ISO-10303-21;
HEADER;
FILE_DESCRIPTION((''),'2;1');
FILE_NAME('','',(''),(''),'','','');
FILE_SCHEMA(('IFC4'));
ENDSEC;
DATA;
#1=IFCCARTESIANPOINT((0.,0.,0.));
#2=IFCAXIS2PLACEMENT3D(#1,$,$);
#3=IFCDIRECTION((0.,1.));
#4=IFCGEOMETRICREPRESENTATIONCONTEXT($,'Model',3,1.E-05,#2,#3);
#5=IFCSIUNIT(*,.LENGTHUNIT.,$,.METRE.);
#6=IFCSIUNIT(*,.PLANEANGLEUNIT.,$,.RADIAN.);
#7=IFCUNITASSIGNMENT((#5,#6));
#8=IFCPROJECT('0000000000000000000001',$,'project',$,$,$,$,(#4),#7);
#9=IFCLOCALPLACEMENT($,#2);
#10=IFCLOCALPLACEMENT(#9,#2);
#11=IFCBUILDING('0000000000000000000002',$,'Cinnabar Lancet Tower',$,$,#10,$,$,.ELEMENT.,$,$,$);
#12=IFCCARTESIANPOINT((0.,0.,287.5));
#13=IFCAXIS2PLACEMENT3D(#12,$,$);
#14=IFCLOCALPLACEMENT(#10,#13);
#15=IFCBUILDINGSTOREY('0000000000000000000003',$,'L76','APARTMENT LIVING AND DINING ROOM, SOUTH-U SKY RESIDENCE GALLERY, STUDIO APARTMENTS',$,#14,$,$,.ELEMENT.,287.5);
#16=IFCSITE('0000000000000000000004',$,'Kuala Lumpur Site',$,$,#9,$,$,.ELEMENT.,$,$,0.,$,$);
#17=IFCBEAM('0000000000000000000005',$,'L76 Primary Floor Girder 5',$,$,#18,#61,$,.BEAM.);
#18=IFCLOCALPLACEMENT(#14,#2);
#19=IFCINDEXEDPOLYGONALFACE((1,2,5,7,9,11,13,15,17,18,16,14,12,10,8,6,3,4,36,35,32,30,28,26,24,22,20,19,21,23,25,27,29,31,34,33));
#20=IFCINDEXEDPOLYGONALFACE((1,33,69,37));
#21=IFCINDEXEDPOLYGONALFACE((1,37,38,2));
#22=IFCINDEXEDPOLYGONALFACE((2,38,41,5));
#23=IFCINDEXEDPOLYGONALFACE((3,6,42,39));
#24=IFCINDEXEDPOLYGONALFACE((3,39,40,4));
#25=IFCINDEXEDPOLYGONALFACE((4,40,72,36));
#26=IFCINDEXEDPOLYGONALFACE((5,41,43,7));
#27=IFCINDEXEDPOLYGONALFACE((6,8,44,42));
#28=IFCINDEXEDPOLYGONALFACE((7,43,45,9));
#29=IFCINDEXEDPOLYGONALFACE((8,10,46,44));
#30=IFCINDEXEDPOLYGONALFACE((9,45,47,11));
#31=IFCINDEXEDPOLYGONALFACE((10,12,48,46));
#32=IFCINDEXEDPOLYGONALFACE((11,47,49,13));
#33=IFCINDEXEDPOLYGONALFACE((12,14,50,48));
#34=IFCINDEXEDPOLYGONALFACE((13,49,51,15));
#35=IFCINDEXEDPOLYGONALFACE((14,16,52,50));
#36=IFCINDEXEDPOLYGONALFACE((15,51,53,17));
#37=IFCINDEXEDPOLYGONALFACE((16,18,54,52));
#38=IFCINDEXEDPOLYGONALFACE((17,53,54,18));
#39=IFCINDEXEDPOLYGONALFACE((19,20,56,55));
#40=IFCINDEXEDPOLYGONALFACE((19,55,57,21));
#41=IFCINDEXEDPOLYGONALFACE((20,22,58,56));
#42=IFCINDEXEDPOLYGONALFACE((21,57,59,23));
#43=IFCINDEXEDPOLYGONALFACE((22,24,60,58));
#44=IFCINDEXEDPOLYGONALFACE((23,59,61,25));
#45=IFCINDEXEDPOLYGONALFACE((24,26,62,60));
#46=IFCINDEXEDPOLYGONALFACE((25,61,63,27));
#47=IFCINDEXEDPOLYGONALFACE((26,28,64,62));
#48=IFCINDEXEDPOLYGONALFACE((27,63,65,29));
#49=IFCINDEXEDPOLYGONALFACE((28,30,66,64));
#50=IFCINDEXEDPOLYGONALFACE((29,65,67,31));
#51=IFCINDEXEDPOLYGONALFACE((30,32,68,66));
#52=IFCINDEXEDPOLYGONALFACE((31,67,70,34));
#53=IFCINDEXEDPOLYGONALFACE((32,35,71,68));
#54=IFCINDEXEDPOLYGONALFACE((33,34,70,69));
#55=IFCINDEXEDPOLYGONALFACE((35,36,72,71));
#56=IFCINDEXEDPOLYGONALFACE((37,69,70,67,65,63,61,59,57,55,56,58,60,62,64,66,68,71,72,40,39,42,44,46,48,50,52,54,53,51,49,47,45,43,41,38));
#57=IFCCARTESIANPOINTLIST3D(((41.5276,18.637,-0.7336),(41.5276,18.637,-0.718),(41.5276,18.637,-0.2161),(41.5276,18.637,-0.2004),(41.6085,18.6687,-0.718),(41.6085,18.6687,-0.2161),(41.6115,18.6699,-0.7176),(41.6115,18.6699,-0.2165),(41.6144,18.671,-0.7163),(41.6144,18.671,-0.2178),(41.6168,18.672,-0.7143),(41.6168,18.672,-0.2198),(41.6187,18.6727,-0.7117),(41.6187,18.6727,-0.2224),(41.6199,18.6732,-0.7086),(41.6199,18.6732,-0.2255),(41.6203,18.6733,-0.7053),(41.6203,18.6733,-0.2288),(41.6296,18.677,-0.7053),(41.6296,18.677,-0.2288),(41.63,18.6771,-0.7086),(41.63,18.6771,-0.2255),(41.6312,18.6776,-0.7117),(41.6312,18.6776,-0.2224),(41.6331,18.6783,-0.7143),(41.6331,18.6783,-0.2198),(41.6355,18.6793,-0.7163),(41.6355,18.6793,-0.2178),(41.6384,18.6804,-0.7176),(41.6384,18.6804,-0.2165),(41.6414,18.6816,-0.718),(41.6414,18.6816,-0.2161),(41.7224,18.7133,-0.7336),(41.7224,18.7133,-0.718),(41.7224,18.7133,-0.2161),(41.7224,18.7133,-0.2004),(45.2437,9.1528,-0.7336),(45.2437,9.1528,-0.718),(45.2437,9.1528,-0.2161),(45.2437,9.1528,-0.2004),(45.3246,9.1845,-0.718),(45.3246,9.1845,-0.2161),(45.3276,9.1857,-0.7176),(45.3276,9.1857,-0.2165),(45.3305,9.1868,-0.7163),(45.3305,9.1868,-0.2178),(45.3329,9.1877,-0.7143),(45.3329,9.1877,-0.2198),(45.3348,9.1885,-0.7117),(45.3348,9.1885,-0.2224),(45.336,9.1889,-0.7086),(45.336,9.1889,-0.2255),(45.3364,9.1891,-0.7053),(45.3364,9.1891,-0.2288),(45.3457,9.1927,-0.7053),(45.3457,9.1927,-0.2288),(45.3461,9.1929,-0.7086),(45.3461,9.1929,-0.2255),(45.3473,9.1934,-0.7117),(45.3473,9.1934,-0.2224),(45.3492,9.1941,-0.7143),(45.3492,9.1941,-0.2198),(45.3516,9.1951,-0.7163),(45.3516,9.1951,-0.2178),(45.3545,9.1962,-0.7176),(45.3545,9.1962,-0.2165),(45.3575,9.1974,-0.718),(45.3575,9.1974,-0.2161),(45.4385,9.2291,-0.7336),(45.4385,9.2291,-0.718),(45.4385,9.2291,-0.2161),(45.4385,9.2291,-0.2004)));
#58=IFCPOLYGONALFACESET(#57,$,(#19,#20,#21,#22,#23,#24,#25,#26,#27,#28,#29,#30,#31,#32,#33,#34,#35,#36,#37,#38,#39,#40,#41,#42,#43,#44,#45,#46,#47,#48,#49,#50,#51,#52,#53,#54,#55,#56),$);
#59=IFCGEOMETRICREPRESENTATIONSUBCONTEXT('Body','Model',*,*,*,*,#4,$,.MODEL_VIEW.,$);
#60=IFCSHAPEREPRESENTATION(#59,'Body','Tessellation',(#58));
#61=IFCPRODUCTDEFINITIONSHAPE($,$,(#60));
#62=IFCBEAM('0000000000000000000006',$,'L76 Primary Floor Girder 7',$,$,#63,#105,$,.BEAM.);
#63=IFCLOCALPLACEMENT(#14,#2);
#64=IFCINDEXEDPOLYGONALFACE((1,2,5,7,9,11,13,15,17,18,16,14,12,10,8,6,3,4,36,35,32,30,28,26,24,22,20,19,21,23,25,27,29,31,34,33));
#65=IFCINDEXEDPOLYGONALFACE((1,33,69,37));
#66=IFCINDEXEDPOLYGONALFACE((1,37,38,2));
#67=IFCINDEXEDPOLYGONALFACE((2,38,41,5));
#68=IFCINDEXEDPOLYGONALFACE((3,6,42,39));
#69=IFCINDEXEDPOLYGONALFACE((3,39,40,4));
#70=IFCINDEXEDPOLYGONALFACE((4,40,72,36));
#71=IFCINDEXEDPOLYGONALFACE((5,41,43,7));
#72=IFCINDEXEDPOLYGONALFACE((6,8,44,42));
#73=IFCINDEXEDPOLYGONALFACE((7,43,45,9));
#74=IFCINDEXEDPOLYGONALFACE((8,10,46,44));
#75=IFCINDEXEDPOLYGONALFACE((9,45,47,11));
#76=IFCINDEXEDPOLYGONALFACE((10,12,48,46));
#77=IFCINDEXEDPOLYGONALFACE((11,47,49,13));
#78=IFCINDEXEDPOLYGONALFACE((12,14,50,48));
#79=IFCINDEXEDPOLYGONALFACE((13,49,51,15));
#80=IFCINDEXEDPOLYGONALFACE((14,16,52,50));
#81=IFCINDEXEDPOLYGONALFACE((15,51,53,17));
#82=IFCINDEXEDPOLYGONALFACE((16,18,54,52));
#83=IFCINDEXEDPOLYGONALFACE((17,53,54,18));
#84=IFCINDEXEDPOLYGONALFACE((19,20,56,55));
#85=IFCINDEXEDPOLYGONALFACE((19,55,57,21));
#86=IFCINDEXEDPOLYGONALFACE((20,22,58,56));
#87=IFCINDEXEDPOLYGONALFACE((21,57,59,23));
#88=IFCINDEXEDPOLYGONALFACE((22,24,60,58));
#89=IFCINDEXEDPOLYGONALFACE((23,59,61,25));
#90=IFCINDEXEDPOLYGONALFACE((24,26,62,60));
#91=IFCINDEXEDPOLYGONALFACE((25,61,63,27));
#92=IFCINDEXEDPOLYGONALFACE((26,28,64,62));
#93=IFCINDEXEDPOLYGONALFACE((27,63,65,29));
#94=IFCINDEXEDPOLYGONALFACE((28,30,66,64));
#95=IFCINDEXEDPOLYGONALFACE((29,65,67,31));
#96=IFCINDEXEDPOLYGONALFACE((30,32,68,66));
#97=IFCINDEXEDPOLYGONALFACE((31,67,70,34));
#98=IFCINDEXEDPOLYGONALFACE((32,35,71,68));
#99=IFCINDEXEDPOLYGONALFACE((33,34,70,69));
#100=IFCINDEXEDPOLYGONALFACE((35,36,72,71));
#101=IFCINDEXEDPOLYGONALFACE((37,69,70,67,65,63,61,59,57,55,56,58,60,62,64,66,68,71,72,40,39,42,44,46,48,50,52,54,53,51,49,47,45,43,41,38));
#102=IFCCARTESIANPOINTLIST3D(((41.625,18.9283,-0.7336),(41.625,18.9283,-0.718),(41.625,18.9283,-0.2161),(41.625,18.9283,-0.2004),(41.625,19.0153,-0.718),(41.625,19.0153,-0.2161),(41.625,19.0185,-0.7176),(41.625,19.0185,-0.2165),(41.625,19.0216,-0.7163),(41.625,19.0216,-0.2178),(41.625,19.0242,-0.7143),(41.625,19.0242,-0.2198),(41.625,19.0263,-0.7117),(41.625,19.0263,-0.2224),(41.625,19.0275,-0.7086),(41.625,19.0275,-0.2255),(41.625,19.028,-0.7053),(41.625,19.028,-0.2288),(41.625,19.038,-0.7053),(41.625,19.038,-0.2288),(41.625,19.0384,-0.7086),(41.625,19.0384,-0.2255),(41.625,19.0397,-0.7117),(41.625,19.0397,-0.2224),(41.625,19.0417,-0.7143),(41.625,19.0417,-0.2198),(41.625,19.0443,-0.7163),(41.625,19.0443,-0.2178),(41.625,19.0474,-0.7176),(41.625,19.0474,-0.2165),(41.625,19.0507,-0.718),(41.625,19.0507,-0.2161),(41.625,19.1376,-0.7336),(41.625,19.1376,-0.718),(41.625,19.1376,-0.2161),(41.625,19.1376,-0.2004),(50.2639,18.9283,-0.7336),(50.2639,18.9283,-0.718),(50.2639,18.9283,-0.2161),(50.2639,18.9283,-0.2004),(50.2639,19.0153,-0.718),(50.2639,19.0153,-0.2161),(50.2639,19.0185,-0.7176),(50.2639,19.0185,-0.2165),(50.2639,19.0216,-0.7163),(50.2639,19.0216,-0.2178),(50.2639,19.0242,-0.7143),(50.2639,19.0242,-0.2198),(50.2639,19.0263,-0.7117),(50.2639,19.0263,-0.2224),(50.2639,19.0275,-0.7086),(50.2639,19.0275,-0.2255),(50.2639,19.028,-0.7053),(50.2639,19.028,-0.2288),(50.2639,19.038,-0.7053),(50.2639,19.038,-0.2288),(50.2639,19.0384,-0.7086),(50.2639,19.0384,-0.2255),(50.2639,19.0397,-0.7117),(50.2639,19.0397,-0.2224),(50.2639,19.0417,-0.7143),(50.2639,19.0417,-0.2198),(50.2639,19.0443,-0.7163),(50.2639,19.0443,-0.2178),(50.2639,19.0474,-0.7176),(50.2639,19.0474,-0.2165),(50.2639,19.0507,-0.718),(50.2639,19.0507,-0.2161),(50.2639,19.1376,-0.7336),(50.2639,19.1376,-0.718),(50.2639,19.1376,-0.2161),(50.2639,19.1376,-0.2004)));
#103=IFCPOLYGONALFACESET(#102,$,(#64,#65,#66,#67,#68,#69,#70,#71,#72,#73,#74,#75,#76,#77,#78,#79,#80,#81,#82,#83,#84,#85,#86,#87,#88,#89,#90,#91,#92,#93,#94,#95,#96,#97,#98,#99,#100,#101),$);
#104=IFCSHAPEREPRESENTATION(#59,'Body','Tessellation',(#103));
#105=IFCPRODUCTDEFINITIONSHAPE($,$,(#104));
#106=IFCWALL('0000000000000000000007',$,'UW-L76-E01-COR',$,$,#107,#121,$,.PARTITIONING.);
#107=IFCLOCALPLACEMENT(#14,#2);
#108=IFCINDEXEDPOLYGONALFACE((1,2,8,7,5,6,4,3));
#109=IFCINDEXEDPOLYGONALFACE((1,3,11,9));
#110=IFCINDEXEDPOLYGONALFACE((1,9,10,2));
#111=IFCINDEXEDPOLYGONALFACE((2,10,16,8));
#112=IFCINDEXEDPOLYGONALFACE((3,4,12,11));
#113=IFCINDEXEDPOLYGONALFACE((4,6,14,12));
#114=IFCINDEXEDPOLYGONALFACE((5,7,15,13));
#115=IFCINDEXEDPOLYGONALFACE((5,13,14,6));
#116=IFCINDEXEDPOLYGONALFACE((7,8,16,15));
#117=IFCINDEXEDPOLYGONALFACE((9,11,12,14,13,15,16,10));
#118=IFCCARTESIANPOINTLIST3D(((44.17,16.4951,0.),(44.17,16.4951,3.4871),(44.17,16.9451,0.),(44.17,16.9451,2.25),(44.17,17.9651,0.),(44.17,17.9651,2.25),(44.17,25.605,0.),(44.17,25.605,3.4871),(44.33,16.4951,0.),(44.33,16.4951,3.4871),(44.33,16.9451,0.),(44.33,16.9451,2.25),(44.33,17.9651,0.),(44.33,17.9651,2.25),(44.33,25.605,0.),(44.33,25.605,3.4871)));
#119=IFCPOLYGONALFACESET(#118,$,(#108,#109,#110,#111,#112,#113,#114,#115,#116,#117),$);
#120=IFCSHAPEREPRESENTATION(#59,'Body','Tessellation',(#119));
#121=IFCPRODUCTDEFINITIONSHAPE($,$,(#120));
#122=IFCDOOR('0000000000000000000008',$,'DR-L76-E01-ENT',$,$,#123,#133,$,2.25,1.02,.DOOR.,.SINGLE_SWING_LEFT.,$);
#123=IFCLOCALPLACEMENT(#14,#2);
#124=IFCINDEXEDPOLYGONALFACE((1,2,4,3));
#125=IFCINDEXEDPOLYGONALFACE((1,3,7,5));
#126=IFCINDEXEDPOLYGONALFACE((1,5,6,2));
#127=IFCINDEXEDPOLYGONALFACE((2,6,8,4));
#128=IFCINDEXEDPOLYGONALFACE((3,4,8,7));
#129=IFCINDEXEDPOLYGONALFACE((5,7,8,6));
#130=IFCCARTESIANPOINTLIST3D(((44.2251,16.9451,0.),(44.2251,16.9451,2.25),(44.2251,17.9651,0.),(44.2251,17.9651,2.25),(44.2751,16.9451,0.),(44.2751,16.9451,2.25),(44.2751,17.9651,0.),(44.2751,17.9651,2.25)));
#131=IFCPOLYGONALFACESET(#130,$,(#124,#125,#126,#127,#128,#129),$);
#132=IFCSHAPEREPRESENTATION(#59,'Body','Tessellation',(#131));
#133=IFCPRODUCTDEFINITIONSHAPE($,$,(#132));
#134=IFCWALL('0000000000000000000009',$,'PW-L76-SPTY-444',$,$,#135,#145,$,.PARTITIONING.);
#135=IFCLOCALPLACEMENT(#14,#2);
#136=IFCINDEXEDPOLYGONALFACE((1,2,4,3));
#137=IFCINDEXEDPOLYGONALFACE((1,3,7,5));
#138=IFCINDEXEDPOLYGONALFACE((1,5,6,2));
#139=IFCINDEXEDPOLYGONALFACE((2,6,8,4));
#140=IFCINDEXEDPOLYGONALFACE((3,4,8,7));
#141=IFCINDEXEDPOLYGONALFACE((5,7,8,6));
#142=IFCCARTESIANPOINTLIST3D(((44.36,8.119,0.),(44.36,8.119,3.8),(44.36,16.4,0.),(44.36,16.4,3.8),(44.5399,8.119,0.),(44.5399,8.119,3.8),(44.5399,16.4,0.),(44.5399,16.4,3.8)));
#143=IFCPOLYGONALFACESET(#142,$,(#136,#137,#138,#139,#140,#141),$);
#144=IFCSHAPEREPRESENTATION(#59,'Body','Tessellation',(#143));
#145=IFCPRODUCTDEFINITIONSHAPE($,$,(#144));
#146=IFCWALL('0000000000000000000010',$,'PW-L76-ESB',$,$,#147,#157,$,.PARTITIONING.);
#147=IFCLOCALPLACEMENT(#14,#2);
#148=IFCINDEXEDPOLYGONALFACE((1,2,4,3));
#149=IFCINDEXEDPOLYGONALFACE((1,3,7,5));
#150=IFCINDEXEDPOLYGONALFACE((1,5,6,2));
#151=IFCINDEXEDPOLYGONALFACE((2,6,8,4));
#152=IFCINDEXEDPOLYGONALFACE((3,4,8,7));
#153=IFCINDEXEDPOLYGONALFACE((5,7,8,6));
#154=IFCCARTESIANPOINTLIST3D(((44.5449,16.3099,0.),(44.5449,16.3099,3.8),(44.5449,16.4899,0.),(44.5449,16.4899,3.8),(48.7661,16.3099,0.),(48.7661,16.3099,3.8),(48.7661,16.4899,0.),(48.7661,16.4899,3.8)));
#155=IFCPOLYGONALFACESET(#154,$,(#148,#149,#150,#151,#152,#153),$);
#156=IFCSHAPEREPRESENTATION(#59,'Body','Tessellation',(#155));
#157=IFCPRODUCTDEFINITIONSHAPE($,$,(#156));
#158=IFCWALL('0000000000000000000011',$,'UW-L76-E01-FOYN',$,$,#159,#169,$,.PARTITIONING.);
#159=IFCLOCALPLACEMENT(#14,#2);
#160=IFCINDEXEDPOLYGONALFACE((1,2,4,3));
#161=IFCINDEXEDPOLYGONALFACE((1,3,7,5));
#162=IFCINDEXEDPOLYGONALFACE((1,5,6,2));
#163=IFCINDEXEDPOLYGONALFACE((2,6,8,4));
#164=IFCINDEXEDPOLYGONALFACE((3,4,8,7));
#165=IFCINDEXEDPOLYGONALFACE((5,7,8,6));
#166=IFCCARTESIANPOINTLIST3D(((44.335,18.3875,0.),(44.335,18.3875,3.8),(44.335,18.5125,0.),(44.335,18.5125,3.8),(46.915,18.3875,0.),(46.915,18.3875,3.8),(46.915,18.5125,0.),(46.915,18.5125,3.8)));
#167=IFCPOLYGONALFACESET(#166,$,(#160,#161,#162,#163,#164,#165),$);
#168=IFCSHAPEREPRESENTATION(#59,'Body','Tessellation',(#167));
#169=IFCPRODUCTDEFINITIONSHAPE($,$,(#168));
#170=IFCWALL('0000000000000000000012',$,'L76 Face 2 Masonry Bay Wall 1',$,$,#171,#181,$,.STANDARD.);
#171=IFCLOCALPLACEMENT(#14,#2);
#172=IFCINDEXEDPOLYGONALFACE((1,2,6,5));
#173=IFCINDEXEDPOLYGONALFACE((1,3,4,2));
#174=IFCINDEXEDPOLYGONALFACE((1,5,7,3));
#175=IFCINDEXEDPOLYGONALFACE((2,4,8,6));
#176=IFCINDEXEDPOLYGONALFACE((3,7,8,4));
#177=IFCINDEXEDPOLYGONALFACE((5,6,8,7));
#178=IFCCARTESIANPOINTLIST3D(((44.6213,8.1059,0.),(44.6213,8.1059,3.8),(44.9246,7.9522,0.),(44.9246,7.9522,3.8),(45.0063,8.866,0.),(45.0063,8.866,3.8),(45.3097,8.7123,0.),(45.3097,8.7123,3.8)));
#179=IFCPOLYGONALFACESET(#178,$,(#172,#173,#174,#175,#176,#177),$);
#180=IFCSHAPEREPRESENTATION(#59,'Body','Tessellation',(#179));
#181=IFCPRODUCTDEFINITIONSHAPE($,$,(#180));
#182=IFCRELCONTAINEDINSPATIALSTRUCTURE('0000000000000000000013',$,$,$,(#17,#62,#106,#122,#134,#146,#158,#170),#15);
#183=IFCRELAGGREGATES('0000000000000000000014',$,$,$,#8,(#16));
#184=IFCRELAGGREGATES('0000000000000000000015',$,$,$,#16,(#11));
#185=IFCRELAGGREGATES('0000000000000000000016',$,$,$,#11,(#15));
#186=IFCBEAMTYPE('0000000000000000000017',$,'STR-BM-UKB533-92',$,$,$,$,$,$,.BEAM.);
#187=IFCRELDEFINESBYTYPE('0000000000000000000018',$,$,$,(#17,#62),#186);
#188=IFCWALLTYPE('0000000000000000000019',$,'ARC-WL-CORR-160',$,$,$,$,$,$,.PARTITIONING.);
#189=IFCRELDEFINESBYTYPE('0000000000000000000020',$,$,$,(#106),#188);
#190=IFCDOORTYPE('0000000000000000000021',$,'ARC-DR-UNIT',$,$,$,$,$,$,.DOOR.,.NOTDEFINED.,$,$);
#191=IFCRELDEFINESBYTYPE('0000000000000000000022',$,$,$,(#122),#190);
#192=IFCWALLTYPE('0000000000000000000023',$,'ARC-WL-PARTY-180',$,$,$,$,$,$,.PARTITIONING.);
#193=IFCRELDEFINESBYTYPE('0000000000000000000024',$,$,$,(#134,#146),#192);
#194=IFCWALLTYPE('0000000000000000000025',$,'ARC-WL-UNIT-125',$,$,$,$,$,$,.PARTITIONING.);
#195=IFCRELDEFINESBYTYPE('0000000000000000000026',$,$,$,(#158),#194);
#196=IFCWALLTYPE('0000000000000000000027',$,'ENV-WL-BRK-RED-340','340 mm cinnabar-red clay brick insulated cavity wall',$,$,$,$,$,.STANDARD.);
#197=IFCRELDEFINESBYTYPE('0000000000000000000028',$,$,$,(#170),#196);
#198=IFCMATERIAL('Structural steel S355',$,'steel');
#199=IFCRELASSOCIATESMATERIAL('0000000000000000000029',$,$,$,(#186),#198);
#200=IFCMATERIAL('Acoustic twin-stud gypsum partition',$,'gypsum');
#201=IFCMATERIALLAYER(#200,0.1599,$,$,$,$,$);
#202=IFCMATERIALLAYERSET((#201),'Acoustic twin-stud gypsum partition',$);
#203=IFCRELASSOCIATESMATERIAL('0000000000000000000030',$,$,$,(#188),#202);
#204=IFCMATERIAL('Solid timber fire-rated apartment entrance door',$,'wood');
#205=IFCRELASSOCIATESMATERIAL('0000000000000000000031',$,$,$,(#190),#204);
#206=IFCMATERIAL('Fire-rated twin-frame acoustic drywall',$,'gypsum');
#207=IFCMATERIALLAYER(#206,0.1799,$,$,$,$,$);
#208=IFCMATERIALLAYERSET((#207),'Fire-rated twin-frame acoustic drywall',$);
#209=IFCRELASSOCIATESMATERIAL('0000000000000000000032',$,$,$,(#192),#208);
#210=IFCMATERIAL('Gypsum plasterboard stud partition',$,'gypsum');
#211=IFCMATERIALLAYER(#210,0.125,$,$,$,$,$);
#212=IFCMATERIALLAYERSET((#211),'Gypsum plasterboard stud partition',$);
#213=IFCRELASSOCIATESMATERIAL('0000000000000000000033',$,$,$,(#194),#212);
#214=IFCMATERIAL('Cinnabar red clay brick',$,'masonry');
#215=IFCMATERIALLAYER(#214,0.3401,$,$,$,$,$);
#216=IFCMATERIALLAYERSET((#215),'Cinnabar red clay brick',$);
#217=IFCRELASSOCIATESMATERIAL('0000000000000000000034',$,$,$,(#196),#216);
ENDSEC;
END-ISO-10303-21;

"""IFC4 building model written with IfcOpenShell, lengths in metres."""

from ifc_helpers import new_model, si_unit, direction, frame, frame_2d, origin, origin_2d, place, context, subcontext, project, spatial, rectangle, i_section, extrude, material, layer, layer_set, material_profile, profile_set, type_object, element, fill, save


model = new_model("IFC4")

# Units and contexts
model_context = context("Model", 3, precision=1e-05, world=origin(), true_north=direction((0.0, 1.0)))
body_context = subcontext(model_context, "Body", "Model", "MODEL_VIEW")
ifc_project = project(units=[si_unit("LENGTHUNIT", "METRE"), si_unit("PLANEANGLEUNIT", "RADIAN")], contexts=[model_context])

# Site, building, storey
site_placement = place(None, origin())
site = spatial("IfcSite", under=ifc_project, at=site_placement, Name="Kuala Lumpur Site", CompositionType="ELEMENT", RefElevation=0.0)
building_placement = place(site_placement, origin())
building = spatial("IfcBuilding", under=site, at=building_placement, Name="Cinnabar Lancet Tower", CompositionType="ELEMENT")
storey_placement = place(building_placement, frame((0.0, 0.0, 287.5)))
storey = spatial("IfcBuildingStorey", under=building, at=storey_placement, Name="L76", Description="APARTMENT LIVING AND DINING ROOM, SOUTH-U SKY RESIDENCE GALLERY, STUDIO APARTMENTS", CompositionType="ELEMENT", Elevation=287.5)

# Beams
ifc_material_1 = material(Name="Structural steel S355", Category="steel")
ifc_material_profile_1 = material_profile(ifc_material_1, i_section(OverallWidth=0.2092, OverallDepth=0.5332, WebThickness=0.01, FlangeThickness=0.0156, FilletRadius=0.0127, at=origin_2d()), Name="UKB 533x210x92")
ifc_profile_set_1 = profile_set([ifc_material_profile_1], Name="Structural steel S355")
beam_type_1 = type_object("IfcBeamType", Name="STR-BM-UKB533-92", PredefinedType="BEAM", material=ifc_profile_set_1)
beam_1_placement = place(storey_placement, frame((45.3411, 9.1909, -0.467), z_axis=(-0.364815, 0.93108, 0.0), x_axis=(-0.93108, -0.364815, 0.0)))
element("IfcBeam", 1, at=beam_1_placement, inside=storey, type_object=beam_type_1, Name="L76 Primary Floor Girder 5", PredefinedType="BEAM", context=body_context, shape_type="SweptSolid", body=[
    extrude(i_section(OverallWidth=0.2092, OverallDepth=0.5332, WebThickness=0.01, FlangeThickness=0.0156, FilletRadius=0.0127, at=origin_2d()), origin(), (0.0, 0.0, 1.0), 10.1863),
])
beam_2_placement = place(storey_placement, frame((50.2639, 19.033, -0.467), z_axis=(-1.0, 0.0, 0.0), x_axis=(0.0, -1.0, 0.0)))
element("IfcBeam", 2, at=beam_2_placement, inside=storey, type_object=beam_type_1, Name="L76 Primary Floor Girder 7", PredefinedType="BEAM", context=body_context, shape_type="SweptSolid", body=[
    extrude(i_section(OverallWidth=0.2092, OverallDepth=0.5332, WebThickness=0.01, FlangeThickness=0.0156, FilletRadius=0.0127, at=origin_2d()), origin(), (0.0, 0.0, 1.0), 8.6389),
])

# Wall, opening, door
ifc_material_2 = material(Name="Acoustic twin-stud gypsum partition", Category="gypsum")
ifc_layer_1 = layer(ifc_material_2, 0.1599)
ifc_layer_set_1 = layer_set([ifc_layer_1], Name="Acoustic twin-stud gypsum partition")
wall_type_1 = type_object("IfcWallType", Name="ARC-WL-CORR-160", PredefinedType="PARTITIONING", material=ifc_layer_set_1)
wall_1_placement = place(storey_placement, frame((44.25, 16.4951, 0.0), z_axis=(0.0, 0.0, 1.0), x_axis=(0.0, 1.0, 0.0)))
wall_1 = element("IfcWall", 3, at=wall_1_placement, inside=storey, type_object=wall_type_1, Name="UW-L76-E01-COR", PredefinedType="PARTITIONING", context=body_context, shape_type="SweptSolid", body=[
    extrude(rectangle(XDim=9.1099, YDim=0.1599, at=frame_2d((4.5549, 0.0))), origin(), (0.0, 0.0, 1.0), 3.4871),
])
opening_1_placement = place(wall_1_placement, frame((0.45, 0.0, 0.0)))
opening_1 = element("IfcOpeningElement", 4, at=opening_1_placement, cuts=wall_1, PredefinedType="OPENING", context=body_context, shape_type="SweptSolid", body=[
    extrude(rectangle(XDim=1.02, YDim=2.25, at=frame_2d((0.51, 1.125))), frame((0.0, 0.0898, 0.0), z_axis=(0.0, -1.0, 0.0), x_axis=(1.0, 0.0, 0.0)), (0.0, 0.0, 1.0), 0.1799),
])
ifc_material_3 = material(Name="Solid timber fire-rated apartment entrance door", Category="wood")
door_type_1 = type_object("IfcDoorType", Name="ARC-DR-UNIT", OperationType="NOTDEFINED", PredefinedType="DOOR", material=ifc_material_3)
door_1_placement = place(opening_1_placement, origin())
door_1 = element("IfcDoor", 5, at=door_1_placement, inside=storey, type_object=door_type_1, Name="DR-L76-E01-ENT", OperationType="SINGLE_SWING_LEFT", OverallHeight=2.25, OverallWidth=1.02, PredefinedType="DOOR", context=body_context, shape_type="SweptSolid", body=[
    extrude(rectangle(XDim=1.02, YDim=2.25, at=frame_2d((0.51, 1.125))), frame((0.0, 0.0249, 0.0), z_axis=(0.0, -1.0, 0.0), x_axis=(1.0, 0.0, 0.0)), (0.0, 0.0, 1.0), 0.05),
])
fill(opening_1, door_1)

# Walls
ifc_material_4 = material(Name="Fire-rated twin-frame acoustic drywall", Category="gypsum")
ifc_layer_2 = layer(ifc_material_4, 0.1799)
ifc_layer_set_2 = layer_set([ifc_layer_2], Name="Fire-rated twin-frame acoustic drywall")
wall_type_2 = type_object("IfcWallType", Name="ARC-WL-PARTY-180", PredefinedType="PARTITIONING", material=ifc_layer_set_2)
wall_2_placement = place(storey_placement, frame((44.45, 8.1189, 0.0), z_axis=(0.0, 0.0, 1.0), x_axis=(0.0, 1.0, 0.0)))
element("IfcWall", 6, at=wall_2_placement, inside=storey, type_object=wall_type_2, Name="PW-L76-SPTY-444", PredefinedType="PARTITIONING", context=body_context, shape_type="SweptSolid", body=[
    extrude(rectangle(XDim=8.281, YDim=0.1799, at=frame_2d((4.1406, 0.0))), origin(), (0.0, 0.0, 1.0), 3.8),
])
wall_3_placement = place(storey_placement, frame((44.5449, 16.3999, 0.0), z_axis=(0.0, 0.0, 1.0), x_axis=(1.0, 0.0, 0.0)))
element("IfcWall", 7, at=wall_3_placement, inside=storey, type_object=wall_type_2, Name="PW-L76-ESB", PredefinedType="PARTITIONING", context=body_context, shape_type="SweptSolid", body=[
    extrude(rectangle(XDim=4.2212, YDim=0.1799, at=frame_2d((2.1106, 0.0))), origin(), (0.0, 0.0, 1.0), 3.8),
])
ifc_material_5 = material(Name="Gypsum plasterboard stud partition", Category="gypsum")
ifc_layer_3 = layer(ifc_material_5, 0.125)
ifc_layer_set_3 = layer_set([ifc_layer_3], Name="Gypsum plasterboard stud partition")
wall_type_3 = type_object("IfcWallType", Name="ARC-WL-UNIT-125", PredefinedType="PARTITIONING", material=ifc_layer_set_3)
wall_4_placement = place(storey_placement, frame((44.335, 18.45, 0.0), z_axis=(0.0, 0.0, 1.0), x_axis=(1.0, 0.0, 0.0)))
element("IfcWall", 8, at=wall_4_placement, inside=storey, type_object=wall_type_3, Name="UW-L76-E01-FOYN", PredefinedType="PARTITIONING", context=body_context, shape_type="SweptSolid", body=[
    extrude(rectangle(XDim=2.5801, YDim=0.125, at=frame_2d((1.29, 0.0))), origin(), (0.0, 0.0, 1.0), 3.8),
])

# Wall
ifc_material_6 = material(Name="Cinnabar red clay brick", Category="masonry")
ifc_layer_4 = layer(ifc_material_6, 0.3401)
ifc_layer_set_4 = layer_set([ifc_layer_4], Name="Cinnabar red clay brick")
wall_type_4 = type_object("IfcWallType", Name="ENV-WL-BRK-RED-340", Description="340 mm cinnabar-red clay brick insulated cavity wall", PredefinedType="STANDARD", material=ifc_layer_set_4)
wall_5_placement = place(storey_placement, frame((44.7729, 8.0291, 0.0), z_axis=(0.0, 0.0, 1.0), x_axis=(0.451907, 0.892065, 0.0)))
element("IfcWall", 9, at=wall_5_placement, inside=storey, type_object=wall_type_4, Name="L76 Face 2 Masonry Bay Wall 1", PredefinedType="STANDARD", context=body_context, shape_type="SweptSolid", body=[
    extrude(rectangle(XDim=0.8521, YDim=0.3401, at=frame_2d((0.426, 0.0))), origin(), (0.0, 0.0, 1.0), 3.8),
])

save(model, "model.ifc")
